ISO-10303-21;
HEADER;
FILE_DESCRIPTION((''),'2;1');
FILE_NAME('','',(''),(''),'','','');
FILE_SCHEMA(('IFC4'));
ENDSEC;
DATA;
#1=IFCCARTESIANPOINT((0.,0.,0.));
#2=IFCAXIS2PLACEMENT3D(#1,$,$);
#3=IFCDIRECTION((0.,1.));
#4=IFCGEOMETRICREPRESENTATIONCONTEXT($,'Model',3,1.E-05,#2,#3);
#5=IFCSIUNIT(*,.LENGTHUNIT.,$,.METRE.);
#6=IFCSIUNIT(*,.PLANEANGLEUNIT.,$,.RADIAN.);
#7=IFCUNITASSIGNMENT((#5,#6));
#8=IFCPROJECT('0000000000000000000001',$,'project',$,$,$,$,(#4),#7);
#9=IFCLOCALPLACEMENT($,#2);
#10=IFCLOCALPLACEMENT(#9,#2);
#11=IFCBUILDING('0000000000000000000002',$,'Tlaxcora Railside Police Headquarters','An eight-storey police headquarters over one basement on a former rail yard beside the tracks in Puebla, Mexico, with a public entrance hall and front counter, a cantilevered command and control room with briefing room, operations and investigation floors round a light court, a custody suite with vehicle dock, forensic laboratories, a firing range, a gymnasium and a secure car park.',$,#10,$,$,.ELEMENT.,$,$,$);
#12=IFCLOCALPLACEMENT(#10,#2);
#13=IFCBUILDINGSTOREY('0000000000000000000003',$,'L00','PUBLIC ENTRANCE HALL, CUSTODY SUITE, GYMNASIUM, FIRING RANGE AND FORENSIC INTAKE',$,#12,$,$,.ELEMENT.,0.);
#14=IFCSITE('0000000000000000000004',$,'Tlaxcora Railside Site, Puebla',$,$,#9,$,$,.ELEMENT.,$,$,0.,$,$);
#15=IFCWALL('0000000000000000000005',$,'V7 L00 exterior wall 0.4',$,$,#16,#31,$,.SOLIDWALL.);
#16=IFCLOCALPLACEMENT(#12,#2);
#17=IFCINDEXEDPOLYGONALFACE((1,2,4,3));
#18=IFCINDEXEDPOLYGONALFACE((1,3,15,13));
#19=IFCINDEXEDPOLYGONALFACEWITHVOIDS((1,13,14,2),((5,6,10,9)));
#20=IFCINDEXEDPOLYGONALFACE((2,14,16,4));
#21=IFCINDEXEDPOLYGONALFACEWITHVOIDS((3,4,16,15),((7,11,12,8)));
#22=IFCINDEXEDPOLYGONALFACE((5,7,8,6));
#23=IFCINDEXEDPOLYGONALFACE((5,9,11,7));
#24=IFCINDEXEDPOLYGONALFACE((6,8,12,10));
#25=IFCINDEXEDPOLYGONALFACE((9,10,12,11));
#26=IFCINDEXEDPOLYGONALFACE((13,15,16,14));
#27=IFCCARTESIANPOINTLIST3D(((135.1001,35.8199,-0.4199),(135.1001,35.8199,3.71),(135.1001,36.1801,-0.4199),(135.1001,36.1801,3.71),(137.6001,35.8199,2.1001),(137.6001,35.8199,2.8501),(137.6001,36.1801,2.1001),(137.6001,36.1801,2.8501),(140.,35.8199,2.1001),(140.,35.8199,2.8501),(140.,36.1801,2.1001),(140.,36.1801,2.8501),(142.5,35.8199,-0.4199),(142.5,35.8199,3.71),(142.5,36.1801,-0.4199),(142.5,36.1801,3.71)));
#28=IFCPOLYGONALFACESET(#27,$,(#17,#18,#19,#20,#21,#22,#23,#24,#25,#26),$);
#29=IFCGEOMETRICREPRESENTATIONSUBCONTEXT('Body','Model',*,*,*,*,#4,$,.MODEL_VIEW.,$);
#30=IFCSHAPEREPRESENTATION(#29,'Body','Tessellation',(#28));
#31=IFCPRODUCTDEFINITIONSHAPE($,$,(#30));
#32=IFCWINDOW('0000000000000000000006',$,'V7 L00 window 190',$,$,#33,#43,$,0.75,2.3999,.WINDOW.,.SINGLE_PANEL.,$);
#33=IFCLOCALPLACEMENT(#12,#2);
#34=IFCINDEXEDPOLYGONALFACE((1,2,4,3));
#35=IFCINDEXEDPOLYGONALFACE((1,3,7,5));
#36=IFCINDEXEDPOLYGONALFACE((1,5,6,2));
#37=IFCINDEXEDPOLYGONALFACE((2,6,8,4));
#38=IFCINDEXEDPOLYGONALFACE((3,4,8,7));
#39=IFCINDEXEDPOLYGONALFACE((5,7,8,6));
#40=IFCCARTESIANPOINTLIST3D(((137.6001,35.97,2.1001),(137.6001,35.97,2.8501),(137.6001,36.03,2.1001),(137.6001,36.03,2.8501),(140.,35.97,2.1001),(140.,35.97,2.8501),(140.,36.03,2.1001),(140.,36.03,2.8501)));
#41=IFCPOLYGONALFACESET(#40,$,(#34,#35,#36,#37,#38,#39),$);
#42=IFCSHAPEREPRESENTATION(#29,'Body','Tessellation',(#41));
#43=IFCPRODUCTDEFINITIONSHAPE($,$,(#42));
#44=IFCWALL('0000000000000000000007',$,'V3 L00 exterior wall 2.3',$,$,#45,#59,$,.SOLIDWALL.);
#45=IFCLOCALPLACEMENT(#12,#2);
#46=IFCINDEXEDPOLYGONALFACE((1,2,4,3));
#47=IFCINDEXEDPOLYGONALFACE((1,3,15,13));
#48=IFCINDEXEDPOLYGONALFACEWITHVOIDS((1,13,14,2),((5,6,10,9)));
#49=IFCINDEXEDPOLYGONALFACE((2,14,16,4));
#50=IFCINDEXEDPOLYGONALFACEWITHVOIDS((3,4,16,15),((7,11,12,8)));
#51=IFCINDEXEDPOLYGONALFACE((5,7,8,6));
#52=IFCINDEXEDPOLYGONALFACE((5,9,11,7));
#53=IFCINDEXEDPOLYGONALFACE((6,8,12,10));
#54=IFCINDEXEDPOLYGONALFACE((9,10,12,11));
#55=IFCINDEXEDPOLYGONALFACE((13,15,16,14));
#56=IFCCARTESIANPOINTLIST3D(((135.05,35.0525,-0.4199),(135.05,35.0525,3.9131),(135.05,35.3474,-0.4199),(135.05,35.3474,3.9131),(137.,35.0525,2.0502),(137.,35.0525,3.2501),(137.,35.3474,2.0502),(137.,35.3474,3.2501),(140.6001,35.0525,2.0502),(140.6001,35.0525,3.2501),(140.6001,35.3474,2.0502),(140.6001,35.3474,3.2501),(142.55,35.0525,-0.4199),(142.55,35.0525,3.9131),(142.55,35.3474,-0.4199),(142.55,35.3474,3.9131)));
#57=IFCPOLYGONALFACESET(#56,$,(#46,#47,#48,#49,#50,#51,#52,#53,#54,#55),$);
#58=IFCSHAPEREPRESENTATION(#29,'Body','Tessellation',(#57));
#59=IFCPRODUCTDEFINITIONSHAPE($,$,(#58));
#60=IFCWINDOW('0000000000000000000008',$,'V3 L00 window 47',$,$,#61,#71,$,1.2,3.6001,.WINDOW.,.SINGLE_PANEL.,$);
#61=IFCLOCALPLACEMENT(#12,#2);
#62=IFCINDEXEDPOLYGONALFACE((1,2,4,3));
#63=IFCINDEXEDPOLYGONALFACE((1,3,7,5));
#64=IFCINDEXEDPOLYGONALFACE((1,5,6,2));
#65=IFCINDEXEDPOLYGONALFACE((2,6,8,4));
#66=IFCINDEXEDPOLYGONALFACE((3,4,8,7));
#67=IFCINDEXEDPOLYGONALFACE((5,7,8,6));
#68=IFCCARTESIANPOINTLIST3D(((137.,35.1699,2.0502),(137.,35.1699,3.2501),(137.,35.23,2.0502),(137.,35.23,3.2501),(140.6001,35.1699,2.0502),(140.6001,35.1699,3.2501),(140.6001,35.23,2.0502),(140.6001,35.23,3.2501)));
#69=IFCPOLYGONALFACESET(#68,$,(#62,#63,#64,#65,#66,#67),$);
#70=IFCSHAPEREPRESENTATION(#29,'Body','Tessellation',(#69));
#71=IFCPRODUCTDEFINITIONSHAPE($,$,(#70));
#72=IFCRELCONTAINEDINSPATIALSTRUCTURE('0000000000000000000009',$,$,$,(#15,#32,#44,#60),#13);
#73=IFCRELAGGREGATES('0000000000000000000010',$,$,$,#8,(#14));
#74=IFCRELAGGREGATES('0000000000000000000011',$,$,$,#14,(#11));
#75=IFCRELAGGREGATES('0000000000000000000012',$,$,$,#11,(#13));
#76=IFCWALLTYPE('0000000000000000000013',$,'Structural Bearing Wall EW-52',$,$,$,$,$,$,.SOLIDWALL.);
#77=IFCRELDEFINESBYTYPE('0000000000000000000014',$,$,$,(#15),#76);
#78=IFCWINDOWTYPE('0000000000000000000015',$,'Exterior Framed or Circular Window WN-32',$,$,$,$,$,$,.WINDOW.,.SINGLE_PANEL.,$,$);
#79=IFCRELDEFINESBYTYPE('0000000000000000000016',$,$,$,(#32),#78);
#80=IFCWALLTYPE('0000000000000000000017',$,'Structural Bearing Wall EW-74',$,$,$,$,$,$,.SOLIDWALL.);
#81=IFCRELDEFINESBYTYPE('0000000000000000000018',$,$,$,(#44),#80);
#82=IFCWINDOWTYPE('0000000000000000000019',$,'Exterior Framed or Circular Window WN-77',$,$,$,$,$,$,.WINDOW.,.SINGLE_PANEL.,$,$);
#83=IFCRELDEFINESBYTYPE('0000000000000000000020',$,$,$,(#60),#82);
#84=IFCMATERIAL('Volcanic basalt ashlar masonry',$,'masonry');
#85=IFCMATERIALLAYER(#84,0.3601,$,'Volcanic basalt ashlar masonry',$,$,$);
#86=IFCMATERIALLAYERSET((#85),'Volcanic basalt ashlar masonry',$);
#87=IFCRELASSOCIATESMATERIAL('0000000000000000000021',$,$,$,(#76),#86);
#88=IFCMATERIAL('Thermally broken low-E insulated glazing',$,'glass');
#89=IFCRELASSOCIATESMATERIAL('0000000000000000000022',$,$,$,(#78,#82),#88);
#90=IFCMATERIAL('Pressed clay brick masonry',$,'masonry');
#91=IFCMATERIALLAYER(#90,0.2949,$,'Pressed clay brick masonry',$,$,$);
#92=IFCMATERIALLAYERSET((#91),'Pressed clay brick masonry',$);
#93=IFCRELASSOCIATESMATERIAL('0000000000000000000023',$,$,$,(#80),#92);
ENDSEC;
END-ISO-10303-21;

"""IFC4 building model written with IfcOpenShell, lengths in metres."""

from ifc_helpers import new_model, si_unit, direction, frame, frame_2d, origin, place, context, subcontext, project, spatial, rectangle, extrude, material, layer, layer_set, type_object, element, fill, save


model = new_model("IFC4")

# Units and contexts
model_context = context("Model", 3, precision=1e-05, world=origin(), true_north=direction((0.0, 1.0)))
body_context = subcontext(model_context, "Body", "Model", "MODEL_VIEW")
ifc_project = project(units=[si_unit("LENGTHUNIT", "METRE"), si_unit("PLANEANGLEUNIT", "RADIAN")], contexts=[model_context])

# Site, building, storey
site_placement = place(None, origin())
site = spatial("IfcSite", under=ifc_project, at=site_placement, Name="Tlaxcora Railside Site, Puebla", CompositionType="ELEMENT", RefElevation=0.0)
building_placement = place(site_placement, origin())
building = spatial("IfcBuilding", under=site, at=building_placement, Name="Tlaxcora Railside Police Headquarters", Description="An eight-storey police headquarters over one basement on a former rail yard beside the tracks in Puebla, Mexico, with a public entrance hall and front counter, a cantilevered command and control room with briefing room, operations and investigation floors round a light court, a custody suite with vehicle dock, forensic laboratories, a firing range, a gymnasium and a secure car park.", CompositionType="ELEMENT")
storey_placement = place(building_placement, origin())
storey = spatial("IfcBuildingStorey", under=building, at=storey_placement, Name="L00", Description="PUBLIC ENTRANCE HALL, CUSTODY SUITE, GYMNASIUM, FIRING RANGE AND FORENSIC INTAKE", CompositionType="ELEMENT", Elevation=0.0)

# Walls, openings, windows
ifc_material_1 = material(Name="Volcanic basalt ashlar masonry", Category="masonry")
ifc_layer_1 = layer(ifc_material_1, 0.3601, Name="Volcanic basalt ashlar masonry")
ifc_layer_set_1 = layer_set([ifc_layer_1], Name="Volcanic basalt ashlar masonry")
wall_type_1 = type_object("IfcWallType", Name="Structural Bearing Wall EW-52", PredefinedType="SOLIDWALL", material=ifc_layer_set_1)
wall_1_placement = place(storey_placement, frame((135.1001, 36.0, -0.4199), z_axis=(0.0, 0.0, 1.0), x_axis=(1.0, 0.0, 0.0)))
wall_1 = element("IfcWall", 1, at=wall_1_placement, inside=storey, type_object=wall_type_1, Name="V7 L00 exterior wall 0.4", PredefinedType="SOLIDWALL", context=body_context, shape_type="SweptSolid", body=[
    extrude(rectangle(XDim=7.3999, YDim=0.3601, at=frame_2d((3.7, 0.0))), origin(), (0.0, 0.0, 1.0), 4.1299),
])
opening_1_placement = place(wall_1_placement, frame((2.5, 0.0, 2.52)))
opening_1 = element("IfcOpeningElement", 2, at=opening_1_placement, cuts=wall_1, PredefinedType="OPENING", context=body_context, shape_type="SweptSolid", body=[
    extrude(rectangle(XDim=2.3999, YDim=0.75, at=frame_2d((1.2, 0.375))), frame((0.0, 0.1899, 0.0), z_axis=(0.0, -1.0, 0.0), x_axis=(1.0, 0.0, 0.0)), (0.0, 0.0, 1.0), 0.3801),
])
ifc_material_2 = material(Name="Thermally broken low-E insulated glazing", Category="glass")
window_type_1 = type_object("IfcWindowType", Name="Exterior Framed or Circular Window WN-32", PartitioningType="SINGLE_PANEL", PredefinedType="WINDOW", material=ifc_material_2)
window_1_placement = place(opening_1_placement, origin())
window_1 = element("IfcWindow", 3, at=window_1_placement, inside=storey, type_object=window_type_1, Name="V7 L00 window 190", OverallHeight=0.75, OverallWidth=2.3999, PartitioningType="SINGLE_PANEL", PredefinedType="WINDOW", context=body_context, shape_type="SweptSolid", body=[
    extrude(rectangle(XDim=2.3999, YDim=0.75, at=frame_2d((1.2, 0.375))), frame((0.0, 0.03, 0.0), z_axis=(0.0, -1.0, 0.0), x_axis=(1.0, 0.0, 0.0)), (0.0, 0.0, 1.0), 0.0601),
])
fill(opening_1, window_1)
ifc_material_3 = material(Name="Pressed clay brick masonry", Category="masonry")
ifc_layer_2 = layer(ifc_material_3, 0.2949, Name="Pressed clay brick masonry")
ifc_layer_set_2 = layer_set([ifc_layer_2], Name="Pressed clay brick masonry")
wall_type_2 = type_object("IfcWallType", Name="Structural Bearing Wall EW-74", PredefinedType="SOLIDWALL", material=ifc_layer_set_2)
wall_2_placement = place(storey_placement, frame((142.55, 35.2, -0.4199), z_axis=(0.0, 0.0, 1.0), x_axis=(-1.0, 0.0, 0.0)))
wall_2 = element("IfcWall", 4, at=wall_2_placement, inside=storey, type_object=wall_type_2, Name="V3 L00 exterior wall 2.3", PredefinedType="SOLIDWALL", context=body_context, shape_type="SweptSolid", body=[
    extrude(rectangle(XDim=7.5, YDim=0.2949, at=frame_2d((3.75, 0.0))), origin(), (0.0, 0.0, 1.0), 4.333),
])
opening_2_placement = place(wall_2_placement, frame((1.95, 0.0, 2.47)))
opening_2 = element("IfcOpeningElement", 5, at=opening_2_placement, cuts=wall_2, PredefinedType="OPENING", context=body_context, shape_type="SweptSolid", body=[
    extrude(rectangle(XDim=3.6001, YDim=1.2, at=frame_2d((1.8, 0.6001))), frame((0.0, 0.1575, 0.0), z_axis=(0.0, -1.0, 0.0), x_axis=(1.0, 0.0, 0.0)), (0.0, 0.0, 1.0), 0.3149),
])
window_type_2 = type_object("IfcWindowType", Name="Exterior Framed or Circular Window WN-77", PartitioningType="SINGLE_PANEL", PredefinedType="WINDOW", material=ifc_material_2)
window_2_placement = place(opening_2_placement, origin())
window_2 = element("IfcWindow", 6, at=window_2_placement, inside=storey, type_object=window_type_2, Name="V3 L00 window 47", OverallHeight=1.2, OverallWidth=3.6001, PartitioningType="SINGLE_PANEL", PredefinedType="WINDOW", context=body_context, shape_type="SweptSolid", body=[
    extrude(rectangle(XDim=3.6001, YDim=1.2, at=frame_2d((1.8, 0.6001))), frame((0.0, 0.03, 0.0), z_axis=(0.0, -1.0, 0.0), x_axis=(1.0, 0.0, 0.0)), (0.0, 0.0, 1.0), 0.0601),
])
fill(opening_2, window_2)

save(model, "model.ifc")
